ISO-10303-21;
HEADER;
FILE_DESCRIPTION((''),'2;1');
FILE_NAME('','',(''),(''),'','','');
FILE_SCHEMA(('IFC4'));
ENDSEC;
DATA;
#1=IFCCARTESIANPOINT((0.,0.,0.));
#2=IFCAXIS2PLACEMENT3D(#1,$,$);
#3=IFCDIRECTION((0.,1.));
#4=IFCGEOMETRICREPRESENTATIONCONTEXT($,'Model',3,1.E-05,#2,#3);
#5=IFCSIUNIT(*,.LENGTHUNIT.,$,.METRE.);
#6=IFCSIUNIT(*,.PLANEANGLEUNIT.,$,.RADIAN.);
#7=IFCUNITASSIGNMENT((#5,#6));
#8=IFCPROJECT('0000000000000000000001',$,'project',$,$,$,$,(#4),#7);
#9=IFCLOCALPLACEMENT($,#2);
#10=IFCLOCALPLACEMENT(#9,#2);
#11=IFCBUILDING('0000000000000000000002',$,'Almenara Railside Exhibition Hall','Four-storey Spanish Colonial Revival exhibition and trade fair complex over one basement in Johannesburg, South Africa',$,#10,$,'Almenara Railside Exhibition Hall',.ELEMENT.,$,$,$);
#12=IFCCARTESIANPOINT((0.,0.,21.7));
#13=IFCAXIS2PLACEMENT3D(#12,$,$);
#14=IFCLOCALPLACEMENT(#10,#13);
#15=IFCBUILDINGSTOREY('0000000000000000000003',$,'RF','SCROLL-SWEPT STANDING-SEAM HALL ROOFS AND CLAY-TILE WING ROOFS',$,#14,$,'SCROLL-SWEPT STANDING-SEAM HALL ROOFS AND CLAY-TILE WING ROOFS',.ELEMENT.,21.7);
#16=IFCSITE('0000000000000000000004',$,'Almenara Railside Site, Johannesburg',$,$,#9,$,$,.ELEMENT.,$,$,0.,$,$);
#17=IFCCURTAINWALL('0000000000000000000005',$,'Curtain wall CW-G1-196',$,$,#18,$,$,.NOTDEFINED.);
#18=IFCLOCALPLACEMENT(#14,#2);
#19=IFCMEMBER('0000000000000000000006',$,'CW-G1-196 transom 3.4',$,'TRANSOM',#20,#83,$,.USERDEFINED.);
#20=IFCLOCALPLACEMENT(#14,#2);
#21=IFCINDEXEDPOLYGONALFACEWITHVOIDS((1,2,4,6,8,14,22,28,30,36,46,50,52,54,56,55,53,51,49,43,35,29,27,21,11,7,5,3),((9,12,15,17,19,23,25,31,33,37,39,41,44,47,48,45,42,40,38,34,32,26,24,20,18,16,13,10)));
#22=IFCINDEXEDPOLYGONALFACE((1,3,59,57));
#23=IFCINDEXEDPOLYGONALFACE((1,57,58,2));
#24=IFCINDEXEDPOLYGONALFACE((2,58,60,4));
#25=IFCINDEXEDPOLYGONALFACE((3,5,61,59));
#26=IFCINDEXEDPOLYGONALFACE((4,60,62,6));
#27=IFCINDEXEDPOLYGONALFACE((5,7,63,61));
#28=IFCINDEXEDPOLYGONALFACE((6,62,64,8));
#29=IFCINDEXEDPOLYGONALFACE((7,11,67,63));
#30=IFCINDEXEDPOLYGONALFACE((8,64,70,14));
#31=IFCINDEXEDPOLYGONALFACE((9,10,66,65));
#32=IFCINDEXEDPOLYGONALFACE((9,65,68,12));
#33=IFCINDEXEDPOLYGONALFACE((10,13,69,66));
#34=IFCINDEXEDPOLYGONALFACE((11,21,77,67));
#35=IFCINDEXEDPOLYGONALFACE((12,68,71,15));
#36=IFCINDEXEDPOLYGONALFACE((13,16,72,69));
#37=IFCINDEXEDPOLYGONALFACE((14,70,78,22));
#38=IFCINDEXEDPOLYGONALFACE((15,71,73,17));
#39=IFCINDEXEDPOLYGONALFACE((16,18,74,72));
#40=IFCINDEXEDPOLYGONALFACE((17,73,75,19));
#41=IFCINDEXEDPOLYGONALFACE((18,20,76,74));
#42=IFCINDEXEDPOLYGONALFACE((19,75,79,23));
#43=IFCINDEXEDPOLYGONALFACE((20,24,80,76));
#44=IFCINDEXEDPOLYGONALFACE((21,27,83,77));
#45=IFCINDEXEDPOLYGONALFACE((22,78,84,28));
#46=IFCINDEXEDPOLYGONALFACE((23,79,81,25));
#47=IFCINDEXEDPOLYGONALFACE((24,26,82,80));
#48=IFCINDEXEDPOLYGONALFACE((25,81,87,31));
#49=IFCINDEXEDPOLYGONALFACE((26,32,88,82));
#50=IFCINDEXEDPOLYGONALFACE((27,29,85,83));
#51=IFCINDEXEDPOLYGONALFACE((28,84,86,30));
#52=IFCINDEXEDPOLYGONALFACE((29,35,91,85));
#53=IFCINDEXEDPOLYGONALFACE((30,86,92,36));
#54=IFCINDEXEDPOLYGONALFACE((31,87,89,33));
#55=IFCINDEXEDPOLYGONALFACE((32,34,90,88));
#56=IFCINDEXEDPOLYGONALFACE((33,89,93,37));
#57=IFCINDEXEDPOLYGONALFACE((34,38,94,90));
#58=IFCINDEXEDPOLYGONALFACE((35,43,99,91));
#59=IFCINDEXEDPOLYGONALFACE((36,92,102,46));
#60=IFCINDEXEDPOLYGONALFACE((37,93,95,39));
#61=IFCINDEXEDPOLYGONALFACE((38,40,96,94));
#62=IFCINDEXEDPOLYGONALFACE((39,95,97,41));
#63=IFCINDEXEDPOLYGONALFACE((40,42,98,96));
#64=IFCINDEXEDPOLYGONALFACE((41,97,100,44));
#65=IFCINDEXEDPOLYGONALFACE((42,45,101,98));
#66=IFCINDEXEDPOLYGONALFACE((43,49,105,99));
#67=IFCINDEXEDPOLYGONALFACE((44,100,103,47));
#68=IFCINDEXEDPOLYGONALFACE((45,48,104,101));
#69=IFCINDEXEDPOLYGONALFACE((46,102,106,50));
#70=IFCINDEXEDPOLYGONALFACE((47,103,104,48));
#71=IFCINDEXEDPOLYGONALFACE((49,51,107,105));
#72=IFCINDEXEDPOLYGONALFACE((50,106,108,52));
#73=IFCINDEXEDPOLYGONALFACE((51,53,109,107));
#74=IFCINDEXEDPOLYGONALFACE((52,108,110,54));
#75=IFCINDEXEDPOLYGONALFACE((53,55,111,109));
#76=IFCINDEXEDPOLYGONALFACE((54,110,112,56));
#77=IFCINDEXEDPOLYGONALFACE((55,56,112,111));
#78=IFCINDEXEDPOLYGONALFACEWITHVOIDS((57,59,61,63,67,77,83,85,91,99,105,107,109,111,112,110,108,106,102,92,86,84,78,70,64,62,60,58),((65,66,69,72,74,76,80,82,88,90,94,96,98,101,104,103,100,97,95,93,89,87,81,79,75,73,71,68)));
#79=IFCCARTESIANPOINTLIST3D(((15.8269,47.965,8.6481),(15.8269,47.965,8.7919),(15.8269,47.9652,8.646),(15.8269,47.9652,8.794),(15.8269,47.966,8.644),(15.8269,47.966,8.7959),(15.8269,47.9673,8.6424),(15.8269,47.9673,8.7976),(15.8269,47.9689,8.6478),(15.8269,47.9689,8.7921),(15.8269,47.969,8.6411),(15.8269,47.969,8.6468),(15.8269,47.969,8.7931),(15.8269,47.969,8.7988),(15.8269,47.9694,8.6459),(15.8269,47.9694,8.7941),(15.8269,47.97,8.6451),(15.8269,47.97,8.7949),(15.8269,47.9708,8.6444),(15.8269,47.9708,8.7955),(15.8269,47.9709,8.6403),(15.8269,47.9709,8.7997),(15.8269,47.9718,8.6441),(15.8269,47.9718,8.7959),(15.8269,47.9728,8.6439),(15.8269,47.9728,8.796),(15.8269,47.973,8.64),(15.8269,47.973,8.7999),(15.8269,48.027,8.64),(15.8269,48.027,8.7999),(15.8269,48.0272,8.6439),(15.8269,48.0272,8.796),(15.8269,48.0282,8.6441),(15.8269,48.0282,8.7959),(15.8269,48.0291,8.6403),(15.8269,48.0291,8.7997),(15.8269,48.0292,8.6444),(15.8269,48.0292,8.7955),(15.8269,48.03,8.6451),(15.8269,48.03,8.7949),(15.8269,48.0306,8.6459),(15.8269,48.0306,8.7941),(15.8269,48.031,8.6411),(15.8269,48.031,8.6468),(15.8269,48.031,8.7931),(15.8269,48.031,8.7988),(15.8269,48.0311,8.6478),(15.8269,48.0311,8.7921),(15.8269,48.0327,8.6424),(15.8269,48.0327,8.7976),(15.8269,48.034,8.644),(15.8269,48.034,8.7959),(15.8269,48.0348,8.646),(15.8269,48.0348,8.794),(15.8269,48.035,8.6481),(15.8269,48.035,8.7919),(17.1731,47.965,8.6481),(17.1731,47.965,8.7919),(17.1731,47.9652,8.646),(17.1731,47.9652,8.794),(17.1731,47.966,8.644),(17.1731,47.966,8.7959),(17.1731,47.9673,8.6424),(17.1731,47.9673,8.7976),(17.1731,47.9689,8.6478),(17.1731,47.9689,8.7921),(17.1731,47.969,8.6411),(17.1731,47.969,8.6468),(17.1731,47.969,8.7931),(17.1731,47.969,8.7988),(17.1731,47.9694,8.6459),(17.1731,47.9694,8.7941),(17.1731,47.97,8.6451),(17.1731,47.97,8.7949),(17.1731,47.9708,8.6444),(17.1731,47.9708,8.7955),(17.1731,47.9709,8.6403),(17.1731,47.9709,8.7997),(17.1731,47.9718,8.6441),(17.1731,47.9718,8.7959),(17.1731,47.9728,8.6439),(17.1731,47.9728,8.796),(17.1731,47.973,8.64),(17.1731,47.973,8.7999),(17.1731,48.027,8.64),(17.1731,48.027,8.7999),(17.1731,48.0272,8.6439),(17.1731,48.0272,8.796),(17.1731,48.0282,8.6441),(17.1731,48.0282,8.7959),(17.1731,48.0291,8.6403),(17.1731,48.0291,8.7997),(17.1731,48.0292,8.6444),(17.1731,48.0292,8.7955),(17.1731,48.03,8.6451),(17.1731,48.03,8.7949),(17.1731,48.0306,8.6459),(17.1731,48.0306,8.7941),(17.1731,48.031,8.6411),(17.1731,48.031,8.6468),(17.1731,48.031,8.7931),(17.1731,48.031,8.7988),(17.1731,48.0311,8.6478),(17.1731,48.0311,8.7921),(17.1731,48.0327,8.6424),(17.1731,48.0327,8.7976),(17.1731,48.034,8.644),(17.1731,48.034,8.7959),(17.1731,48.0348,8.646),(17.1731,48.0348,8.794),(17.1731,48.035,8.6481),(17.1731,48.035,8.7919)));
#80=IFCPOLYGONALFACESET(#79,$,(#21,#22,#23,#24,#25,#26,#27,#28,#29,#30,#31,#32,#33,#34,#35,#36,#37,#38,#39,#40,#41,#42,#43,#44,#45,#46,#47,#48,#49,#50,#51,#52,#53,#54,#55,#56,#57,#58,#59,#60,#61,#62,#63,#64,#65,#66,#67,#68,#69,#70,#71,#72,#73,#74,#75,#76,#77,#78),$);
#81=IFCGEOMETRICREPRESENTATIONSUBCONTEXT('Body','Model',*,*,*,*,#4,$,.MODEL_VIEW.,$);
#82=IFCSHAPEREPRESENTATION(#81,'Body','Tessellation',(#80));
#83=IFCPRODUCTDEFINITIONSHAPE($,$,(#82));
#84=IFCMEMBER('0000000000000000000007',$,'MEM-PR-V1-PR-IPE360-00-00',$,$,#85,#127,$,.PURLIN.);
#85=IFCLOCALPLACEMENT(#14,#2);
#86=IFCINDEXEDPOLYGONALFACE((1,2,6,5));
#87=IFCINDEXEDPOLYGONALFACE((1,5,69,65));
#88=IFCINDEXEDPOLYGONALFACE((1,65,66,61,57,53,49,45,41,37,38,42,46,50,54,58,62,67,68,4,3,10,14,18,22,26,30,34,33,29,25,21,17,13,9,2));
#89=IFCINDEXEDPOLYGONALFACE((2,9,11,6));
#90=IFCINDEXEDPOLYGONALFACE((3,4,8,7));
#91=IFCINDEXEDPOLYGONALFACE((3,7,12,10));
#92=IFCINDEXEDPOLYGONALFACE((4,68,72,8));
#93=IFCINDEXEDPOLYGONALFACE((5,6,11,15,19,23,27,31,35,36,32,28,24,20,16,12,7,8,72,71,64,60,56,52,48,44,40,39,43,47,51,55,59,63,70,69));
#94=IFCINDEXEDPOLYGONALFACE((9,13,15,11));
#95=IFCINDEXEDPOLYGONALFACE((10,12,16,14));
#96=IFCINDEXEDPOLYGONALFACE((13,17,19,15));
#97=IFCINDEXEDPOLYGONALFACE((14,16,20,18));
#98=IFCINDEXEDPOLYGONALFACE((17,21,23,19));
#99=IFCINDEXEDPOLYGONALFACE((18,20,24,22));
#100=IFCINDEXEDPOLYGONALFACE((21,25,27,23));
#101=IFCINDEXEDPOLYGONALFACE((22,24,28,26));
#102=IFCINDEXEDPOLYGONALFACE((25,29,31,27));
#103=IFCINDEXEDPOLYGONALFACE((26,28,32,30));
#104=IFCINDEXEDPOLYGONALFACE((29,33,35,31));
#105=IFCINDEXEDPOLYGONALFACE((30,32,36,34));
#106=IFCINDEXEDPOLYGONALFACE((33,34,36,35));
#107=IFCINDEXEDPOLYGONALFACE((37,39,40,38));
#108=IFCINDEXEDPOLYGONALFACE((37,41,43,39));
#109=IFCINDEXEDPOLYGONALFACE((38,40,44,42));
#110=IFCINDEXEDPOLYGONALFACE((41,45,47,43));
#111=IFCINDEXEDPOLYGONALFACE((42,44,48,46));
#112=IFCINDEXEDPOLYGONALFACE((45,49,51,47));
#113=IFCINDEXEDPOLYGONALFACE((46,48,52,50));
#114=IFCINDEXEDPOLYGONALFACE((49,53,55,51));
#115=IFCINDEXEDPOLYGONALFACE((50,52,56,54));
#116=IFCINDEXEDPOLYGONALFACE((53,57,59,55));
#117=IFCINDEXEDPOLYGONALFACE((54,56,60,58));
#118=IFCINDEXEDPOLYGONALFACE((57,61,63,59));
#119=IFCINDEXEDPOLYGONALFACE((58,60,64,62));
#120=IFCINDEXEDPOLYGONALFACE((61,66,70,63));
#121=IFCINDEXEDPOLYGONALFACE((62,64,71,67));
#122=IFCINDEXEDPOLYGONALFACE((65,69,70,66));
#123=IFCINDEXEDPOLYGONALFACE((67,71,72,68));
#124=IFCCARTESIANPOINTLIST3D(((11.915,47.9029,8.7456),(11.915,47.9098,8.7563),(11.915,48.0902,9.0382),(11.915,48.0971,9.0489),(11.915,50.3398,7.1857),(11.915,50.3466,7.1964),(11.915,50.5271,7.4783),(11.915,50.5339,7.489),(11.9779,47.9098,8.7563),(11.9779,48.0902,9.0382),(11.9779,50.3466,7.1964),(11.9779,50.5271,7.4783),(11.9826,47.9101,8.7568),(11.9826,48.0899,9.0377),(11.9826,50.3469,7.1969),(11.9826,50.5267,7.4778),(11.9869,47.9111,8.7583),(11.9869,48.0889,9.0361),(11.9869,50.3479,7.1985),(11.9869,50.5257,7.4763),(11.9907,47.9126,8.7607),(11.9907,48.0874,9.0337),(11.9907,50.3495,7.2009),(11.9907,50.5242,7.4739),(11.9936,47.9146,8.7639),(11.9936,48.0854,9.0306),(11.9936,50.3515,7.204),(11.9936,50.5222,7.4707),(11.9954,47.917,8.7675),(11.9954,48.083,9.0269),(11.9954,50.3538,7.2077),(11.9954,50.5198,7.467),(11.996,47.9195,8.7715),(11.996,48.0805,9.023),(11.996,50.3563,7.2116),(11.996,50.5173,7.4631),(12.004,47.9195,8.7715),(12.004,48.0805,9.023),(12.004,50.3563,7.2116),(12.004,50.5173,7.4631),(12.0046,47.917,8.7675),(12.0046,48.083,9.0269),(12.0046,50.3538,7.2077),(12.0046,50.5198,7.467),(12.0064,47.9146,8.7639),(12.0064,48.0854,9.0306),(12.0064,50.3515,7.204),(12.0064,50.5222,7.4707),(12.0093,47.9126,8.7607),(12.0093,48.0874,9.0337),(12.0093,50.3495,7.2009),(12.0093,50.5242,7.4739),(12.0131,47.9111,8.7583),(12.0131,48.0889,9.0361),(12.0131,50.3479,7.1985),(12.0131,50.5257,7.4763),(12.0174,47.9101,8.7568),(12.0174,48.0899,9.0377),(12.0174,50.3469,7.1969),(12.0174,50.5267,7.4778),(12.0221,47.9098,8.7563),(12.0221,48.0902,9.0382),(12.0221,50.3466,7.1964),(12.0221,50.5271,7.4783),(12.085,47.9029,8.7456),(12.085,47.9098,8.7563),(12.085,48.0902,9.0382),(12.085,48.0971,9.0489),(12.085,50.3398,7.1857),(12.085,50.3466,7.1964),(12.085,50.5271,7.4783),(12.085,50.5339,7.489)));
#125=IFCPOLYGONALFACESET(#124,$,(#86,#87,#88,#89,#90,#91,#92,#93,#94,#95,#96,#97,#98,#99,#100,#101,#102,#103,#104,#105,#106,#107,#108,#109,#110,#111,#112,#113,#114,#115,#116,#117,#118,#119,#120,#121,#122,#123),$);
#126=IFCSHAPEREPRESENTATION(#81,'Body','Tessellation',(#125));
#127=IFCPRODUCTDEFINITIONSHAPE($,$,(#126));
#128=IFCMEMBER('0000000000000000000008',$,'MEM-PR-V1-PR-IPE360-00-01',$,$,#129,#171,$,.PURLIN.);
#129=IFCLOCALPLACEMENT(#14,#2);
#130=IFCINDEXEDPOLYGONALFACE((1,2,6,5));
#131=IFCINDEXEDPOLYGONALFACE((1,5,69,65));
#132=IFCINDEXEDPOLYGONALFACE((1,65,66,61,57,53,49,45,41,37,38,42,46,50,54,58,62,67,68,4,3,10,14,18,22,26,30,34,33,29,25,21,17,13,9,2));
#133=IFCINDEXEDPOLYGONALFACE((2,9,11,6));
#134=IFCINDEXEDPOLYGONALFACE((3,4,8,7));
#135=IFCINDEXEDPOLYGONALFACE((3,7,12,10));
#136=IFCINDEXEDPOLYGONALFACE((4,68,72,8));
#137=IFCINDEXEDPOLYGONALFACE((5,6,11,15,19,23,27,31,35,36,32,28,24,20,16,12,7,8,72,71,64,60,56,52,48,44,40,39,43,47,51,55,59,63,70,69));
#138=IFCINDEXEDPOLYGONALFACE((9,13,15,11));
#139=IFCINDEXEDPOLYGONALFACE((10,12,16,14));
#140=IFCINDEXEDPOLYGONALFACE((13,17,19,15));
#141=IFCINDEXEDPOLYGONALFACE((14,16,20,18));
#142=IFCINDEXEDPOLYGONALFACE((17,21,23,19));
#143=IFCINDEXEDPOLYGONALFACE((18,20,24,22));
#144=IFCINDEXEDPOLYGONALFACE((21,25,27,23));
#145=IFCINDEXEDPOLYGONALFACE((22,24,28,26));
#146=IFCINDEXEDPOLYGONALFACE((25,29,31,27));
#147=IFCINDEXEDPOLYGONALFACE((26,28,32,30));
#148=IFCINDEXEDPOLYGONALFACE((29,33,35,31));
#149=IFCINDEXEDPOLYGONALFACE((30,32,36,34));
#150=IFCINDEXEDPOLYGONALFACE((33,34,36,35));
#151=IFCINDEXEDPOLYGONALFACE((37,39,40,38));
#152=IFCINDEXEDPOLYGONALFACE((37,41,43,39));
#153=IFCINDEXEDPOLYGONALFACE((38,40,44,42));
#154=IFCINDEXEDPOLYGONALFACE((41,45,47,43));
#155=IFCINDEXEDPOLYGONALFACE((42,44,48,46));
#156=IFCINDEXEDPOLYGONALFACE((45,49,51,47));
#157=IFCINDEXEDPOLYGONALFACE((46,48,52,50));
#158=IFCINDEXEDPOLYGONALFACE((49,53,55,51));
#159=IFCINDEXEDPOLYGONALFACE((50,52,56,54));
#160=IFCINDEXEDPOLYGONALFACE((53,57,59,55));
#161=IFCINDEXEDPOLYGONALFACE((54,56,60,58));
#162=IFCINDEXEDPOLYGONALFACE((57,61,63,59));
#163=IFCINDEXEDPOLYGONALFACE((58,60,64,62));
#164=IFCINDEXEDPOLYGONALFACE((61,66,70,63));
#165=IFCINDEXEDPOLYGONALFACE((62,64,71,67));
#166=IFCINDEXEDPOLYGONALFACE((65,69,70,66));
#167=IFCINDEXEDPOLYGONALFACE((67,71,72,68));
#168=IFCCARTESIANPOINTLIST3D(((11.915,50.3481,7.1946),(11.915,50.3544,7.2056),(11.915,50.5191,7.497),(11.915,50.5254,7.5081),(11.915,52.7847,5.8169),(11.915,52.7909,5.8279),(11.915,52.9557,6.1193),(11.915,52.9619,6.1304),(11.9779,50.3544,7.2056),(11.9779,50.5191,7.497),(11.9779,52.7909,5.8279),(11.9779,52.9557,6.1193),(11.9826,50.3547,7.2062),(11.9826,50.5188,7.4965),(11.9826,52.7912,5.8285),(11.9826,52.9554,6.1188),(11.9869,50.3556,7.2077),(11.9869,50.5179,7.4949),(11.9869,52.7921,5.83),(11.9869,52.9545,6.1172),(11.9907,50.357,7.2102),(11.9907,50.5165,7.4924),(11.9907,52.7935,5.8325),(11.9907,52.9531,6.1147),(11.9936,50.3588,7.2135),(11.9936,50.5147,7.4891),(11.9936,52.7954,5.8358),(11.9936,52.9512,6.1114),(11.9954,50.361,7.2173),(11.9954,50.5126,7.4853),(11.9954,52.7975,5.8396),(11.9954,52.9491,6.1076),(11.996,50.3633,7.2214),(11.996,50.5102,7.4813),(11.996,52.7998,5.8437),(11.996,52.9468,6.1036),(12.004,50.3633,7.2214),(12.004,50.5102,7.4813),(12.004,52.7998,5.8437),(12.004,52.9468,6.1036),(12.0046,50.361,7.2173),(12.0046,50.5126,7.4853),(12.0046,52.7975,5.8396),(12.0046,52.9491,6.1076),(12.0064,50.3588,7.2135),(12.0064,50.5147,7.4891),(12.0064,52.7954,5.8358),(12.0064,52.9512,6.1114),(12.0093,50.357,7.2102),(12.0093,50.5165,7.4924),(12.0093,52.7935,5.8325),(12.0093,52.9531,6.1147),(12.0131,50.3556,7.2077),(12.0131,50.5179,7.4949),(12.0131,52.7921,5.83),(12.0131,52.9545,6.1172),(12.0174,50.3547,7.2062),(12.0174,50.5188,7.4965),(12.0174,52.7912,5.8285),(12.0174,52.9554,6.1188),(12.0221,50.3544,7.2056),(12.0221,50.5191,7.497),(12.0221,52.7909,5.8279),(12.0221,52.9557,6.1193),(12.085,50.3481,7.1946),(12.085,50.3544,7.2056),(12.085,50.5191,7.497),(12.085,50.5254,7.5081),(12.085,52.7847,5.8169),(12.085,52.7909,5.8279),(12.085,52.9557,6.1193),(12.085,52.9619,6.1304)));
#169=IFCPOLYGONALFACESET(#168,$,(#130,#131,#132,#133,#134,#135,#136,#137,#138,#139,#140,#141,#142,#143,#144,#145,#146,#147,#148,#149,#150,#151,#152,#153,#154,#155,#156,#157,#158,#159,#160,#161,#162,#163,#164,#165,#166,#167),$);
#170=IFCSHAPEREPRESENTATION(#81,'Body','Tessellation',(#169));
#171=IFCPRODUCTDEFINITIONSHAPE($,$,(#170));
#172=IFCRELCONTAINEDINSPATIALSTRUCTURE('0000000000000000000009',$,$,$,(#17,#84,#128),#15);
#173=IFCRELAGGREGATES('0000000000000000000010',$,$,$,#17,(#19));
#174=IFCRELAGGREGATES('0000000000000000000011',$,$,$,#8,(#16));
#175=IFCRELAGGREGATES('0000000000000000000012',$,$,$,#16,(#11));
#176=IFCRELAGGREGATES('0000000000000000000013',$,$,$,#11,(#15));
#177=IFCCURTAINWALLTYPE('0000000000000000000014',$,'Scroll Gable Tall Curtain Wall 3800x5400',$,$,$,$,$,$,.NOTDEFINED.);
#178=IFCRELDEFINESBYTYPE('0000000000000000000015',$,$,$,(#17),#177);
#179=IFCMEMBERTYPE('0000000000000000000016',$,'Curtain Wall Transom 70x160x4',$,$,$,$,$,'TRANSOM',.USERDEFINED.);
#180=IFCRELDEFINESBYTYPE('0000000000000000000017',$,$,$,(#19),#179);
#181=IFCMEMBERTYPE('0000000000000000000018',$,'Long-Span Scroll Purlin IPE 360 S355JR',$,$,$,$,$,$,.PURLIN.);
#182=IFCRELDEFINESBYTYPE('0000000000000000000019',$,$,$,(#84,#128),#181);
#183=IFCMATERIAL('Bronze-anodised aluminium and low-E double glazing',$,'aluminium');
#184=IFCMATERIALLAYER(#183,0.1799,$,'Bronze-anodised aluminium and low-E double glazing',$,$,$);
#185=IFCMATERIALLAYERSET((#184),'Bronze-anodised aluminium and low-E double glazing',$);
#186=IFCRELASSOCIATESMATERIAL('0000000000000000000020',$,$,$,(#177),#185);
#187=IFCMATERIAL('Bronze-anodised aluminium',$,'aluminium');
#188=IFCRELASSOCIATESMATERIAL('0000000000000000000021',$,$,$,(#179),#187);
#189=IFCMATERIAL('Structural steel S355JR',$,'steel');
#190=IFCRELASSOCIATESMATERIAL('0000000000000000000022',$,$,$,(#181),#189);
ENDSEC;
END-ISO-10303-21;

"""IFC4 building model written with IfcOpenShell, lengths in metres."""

from ifc_helpers import new_model, si_unit, direction, frame, origin, origin_2d, place, context, subcontext, project, spatial, hollow_rectangle, i_section, extrude, material, layer, layer_set, material_profile, profile_set, type_object, element, aggregate, save


model = new_model("IFC4")

# Units and contexts
model_context = context("Model", 3, precision=1e-05, world=origin(), true_north=direction((0.0, 1.0)))
body_context = subcontext(model_context, "Body", "Model", "MODEL_VIEW")
ifc_project = project(units=[si_unit("LENGTHUNIT", "METRE"), si_unit("PLANEANGLEUNIT", "RADIAN")], contexts=[model_context])

# Site, building, storey
site_placement = place(None, origin())
site = spatial("IfcSite", under=ifc_project, at=site_placement, Name="Almenara Railside Site, Johannesburg", CompositionType="ELEMENT", RefElevation=0.0)
building_placement = place(site_placement, origin())
building = spatial("IfcBuilding", under=site, at=building_placement, Name="Almenara Railside Exhibition Hall", Description="Four-storey Spanish Colonial Revival exhibition and trade fair complex over one basement in Johannesburg, South Africa", LongName="Almenara Railside Exhibition Hall", CompositionType="ELEMENT")
storey_placement = place(building_placement, frame((0.0, 0.0, 21.7)))
storey = spatial("IfcBuildingStorey", under=building, at=storey_placement, Name="RF", Description="SCROLL-SWEPT STANDING-SEAM HALL ROOFS AND CLAY-TILE WING ROOFS", LongName="SCROLL-SWEPT STANDING-SEAM HALL ROOFS AND CLAY-TILE WING ROOFS", CompositionType="ELEMENT", Elevation=21.7)

# Shared definitions
ifc_material_1 = material(Name="Structural steel S355JR", Category="steel")

# Curtain wall, member
ifc_material_2 = material(Name="Bronze-anodised aluminium and low-E double glazing", Category="aluminium")
ifc_material_3 = material(Name="Bronze-anodised aluminium", Category="aluminium")
ifc_layer_1 = layer(ifc_material_2, 0.1799, Name="Bronze-anodised aluminium and low-E double glazing")
ifc_layer_set_1 = layer_set([ifc_layer_1], Name="Bronze-anodised aluminium and low-E double glazing")
curtain_wall_type_1 = type_object("IfcCurtainWallType", Name="Scroll Gable Tall Curtain Wall 3800x5400", PredefinedType="NOTDEFINED", material=ifc_layer_set_1)
curtain_wall_1_placement = place(storey_placement, origin())
curtain_wall_1 = element("IfcCurtainWall", 1, at=curtain_wall_1_placement, inside=storey, type_object=curtain_wall_type_1, Name="Curtain wall CW-G1-196", PredefinedType="NOTDEFINED")
ifc_material_profile_1 = material_profile(ifc_material_3, hollow_rectangle(XDim=0.0701, YDim=0.1599, WallThickness=0.0039, InnerFilletRadius=0.0039, OuterFilletRadius=0.0081, at=origin_2d()), Name="ALU-TRN 70x160x4")
ifc_profile_set_1 = profile_set([ifc_material_profile_1], Name="Bronze-anodised aluminium")
member_type_1 = type_object("IfcMemberType", Name="Curtain Wall Transom 70x160x4", ElementType="TRANSOM", PredefinedType="USERDEFINED", material=ifc_profile_set_1)
member_1_placement = place(storey_placement, frame((15.8269, 48.0, 8.72), z_axis=(1.0, 0.0, 0.0), x_axis=(0.0, 1.0, 0.0)))
member_1 = element("IfcMember", 2, at=member_1_placement, type_object=member_type_1, Name="CW-G1-196 transom 3.4", ObjectType="TRANSOM", PredefinedType="USERDEFINED", context=body_context, shape_type="SweptSolid", body=[
    extrude(hollow_rectangle(XDim=0.0701, YDim=0.1599, WallThickness=0.0039, InnerFilletRadius=0.0039, OuterFilletRadius=0.0081, at=origin_2d()), origin(), (0.0, 0.0, 1.0), 1.3462),
])

# Members
ifc_material_profile_2 = material_profile(ifc_material_1, i_section(OverallWidth=0.1699, OverallDepth=0.3601, WebThickness=0.0081, FlangeThickness=0.0127, FilletRadius=0.0181, at=origin_2d()), Name="IPE 360")
ifc_profile_set_2 = profile_set([ifc_material_profile_2], Name="Structural steel S355JR")
member_type_2 = type_object("IfcMemberType", Name="Long-Span Scroll Purlin IPE 360 S355JR", PredefinedType="PURLIN", material=ifc_profile_set_2)
member_2_placement = place(storey_placement, frame((12.0, 48.0, 8.8972), z_axis=(0.0, 0.842227, -0.539123), x_axis=(-1.0, 0.0, 0.0)))
element("IfcMember", 3, at=member_2_placement, inside=storey, type_object=member_type_2, Name="MEM-PR-V1-PR-IPE360-00-00", PredefinedType="PURLIN", context=body_context, shape_type="SweptSolid", body=[
    extrude(i_section(OverallWidth=0.1699, OverallDepth=0.3601, WebThickness=0.0081, FlangeThickness=0.0127, FilletRadius=0.0181, at=origin_2d()), origin(), (0.0, 0.0, 1.0), 2.8933),
])
member_3_placement = place(storey_placement, frame((12.0, 50.4368, 7.3513), z_axis=(0.0, 0.870483, -0.492198), x_axis=(-1.0, 0.0, 0.0)))
element("IfcMember", 4, at=member_3_placement, inside=storey, type_object=member_type_2, Name="MEM-PR-V1-PR-IPE360-00-01", PredefinedType="PURLIN", context=body_context, shape_type="SweptSolid", body=[
    extrude(i_section(OverallWidth=0.1699, OverallDepth=0.3601, WebThickness=0.0081, FlangeThickness=0.0127, FilletRadius=0.0181, at=origin_2d()), origin(), (0.0, 0.0, 1.0), 2.7991),
])

aggregate(curtain_wall_1, [member_1])

save(model, "model.ifc")
